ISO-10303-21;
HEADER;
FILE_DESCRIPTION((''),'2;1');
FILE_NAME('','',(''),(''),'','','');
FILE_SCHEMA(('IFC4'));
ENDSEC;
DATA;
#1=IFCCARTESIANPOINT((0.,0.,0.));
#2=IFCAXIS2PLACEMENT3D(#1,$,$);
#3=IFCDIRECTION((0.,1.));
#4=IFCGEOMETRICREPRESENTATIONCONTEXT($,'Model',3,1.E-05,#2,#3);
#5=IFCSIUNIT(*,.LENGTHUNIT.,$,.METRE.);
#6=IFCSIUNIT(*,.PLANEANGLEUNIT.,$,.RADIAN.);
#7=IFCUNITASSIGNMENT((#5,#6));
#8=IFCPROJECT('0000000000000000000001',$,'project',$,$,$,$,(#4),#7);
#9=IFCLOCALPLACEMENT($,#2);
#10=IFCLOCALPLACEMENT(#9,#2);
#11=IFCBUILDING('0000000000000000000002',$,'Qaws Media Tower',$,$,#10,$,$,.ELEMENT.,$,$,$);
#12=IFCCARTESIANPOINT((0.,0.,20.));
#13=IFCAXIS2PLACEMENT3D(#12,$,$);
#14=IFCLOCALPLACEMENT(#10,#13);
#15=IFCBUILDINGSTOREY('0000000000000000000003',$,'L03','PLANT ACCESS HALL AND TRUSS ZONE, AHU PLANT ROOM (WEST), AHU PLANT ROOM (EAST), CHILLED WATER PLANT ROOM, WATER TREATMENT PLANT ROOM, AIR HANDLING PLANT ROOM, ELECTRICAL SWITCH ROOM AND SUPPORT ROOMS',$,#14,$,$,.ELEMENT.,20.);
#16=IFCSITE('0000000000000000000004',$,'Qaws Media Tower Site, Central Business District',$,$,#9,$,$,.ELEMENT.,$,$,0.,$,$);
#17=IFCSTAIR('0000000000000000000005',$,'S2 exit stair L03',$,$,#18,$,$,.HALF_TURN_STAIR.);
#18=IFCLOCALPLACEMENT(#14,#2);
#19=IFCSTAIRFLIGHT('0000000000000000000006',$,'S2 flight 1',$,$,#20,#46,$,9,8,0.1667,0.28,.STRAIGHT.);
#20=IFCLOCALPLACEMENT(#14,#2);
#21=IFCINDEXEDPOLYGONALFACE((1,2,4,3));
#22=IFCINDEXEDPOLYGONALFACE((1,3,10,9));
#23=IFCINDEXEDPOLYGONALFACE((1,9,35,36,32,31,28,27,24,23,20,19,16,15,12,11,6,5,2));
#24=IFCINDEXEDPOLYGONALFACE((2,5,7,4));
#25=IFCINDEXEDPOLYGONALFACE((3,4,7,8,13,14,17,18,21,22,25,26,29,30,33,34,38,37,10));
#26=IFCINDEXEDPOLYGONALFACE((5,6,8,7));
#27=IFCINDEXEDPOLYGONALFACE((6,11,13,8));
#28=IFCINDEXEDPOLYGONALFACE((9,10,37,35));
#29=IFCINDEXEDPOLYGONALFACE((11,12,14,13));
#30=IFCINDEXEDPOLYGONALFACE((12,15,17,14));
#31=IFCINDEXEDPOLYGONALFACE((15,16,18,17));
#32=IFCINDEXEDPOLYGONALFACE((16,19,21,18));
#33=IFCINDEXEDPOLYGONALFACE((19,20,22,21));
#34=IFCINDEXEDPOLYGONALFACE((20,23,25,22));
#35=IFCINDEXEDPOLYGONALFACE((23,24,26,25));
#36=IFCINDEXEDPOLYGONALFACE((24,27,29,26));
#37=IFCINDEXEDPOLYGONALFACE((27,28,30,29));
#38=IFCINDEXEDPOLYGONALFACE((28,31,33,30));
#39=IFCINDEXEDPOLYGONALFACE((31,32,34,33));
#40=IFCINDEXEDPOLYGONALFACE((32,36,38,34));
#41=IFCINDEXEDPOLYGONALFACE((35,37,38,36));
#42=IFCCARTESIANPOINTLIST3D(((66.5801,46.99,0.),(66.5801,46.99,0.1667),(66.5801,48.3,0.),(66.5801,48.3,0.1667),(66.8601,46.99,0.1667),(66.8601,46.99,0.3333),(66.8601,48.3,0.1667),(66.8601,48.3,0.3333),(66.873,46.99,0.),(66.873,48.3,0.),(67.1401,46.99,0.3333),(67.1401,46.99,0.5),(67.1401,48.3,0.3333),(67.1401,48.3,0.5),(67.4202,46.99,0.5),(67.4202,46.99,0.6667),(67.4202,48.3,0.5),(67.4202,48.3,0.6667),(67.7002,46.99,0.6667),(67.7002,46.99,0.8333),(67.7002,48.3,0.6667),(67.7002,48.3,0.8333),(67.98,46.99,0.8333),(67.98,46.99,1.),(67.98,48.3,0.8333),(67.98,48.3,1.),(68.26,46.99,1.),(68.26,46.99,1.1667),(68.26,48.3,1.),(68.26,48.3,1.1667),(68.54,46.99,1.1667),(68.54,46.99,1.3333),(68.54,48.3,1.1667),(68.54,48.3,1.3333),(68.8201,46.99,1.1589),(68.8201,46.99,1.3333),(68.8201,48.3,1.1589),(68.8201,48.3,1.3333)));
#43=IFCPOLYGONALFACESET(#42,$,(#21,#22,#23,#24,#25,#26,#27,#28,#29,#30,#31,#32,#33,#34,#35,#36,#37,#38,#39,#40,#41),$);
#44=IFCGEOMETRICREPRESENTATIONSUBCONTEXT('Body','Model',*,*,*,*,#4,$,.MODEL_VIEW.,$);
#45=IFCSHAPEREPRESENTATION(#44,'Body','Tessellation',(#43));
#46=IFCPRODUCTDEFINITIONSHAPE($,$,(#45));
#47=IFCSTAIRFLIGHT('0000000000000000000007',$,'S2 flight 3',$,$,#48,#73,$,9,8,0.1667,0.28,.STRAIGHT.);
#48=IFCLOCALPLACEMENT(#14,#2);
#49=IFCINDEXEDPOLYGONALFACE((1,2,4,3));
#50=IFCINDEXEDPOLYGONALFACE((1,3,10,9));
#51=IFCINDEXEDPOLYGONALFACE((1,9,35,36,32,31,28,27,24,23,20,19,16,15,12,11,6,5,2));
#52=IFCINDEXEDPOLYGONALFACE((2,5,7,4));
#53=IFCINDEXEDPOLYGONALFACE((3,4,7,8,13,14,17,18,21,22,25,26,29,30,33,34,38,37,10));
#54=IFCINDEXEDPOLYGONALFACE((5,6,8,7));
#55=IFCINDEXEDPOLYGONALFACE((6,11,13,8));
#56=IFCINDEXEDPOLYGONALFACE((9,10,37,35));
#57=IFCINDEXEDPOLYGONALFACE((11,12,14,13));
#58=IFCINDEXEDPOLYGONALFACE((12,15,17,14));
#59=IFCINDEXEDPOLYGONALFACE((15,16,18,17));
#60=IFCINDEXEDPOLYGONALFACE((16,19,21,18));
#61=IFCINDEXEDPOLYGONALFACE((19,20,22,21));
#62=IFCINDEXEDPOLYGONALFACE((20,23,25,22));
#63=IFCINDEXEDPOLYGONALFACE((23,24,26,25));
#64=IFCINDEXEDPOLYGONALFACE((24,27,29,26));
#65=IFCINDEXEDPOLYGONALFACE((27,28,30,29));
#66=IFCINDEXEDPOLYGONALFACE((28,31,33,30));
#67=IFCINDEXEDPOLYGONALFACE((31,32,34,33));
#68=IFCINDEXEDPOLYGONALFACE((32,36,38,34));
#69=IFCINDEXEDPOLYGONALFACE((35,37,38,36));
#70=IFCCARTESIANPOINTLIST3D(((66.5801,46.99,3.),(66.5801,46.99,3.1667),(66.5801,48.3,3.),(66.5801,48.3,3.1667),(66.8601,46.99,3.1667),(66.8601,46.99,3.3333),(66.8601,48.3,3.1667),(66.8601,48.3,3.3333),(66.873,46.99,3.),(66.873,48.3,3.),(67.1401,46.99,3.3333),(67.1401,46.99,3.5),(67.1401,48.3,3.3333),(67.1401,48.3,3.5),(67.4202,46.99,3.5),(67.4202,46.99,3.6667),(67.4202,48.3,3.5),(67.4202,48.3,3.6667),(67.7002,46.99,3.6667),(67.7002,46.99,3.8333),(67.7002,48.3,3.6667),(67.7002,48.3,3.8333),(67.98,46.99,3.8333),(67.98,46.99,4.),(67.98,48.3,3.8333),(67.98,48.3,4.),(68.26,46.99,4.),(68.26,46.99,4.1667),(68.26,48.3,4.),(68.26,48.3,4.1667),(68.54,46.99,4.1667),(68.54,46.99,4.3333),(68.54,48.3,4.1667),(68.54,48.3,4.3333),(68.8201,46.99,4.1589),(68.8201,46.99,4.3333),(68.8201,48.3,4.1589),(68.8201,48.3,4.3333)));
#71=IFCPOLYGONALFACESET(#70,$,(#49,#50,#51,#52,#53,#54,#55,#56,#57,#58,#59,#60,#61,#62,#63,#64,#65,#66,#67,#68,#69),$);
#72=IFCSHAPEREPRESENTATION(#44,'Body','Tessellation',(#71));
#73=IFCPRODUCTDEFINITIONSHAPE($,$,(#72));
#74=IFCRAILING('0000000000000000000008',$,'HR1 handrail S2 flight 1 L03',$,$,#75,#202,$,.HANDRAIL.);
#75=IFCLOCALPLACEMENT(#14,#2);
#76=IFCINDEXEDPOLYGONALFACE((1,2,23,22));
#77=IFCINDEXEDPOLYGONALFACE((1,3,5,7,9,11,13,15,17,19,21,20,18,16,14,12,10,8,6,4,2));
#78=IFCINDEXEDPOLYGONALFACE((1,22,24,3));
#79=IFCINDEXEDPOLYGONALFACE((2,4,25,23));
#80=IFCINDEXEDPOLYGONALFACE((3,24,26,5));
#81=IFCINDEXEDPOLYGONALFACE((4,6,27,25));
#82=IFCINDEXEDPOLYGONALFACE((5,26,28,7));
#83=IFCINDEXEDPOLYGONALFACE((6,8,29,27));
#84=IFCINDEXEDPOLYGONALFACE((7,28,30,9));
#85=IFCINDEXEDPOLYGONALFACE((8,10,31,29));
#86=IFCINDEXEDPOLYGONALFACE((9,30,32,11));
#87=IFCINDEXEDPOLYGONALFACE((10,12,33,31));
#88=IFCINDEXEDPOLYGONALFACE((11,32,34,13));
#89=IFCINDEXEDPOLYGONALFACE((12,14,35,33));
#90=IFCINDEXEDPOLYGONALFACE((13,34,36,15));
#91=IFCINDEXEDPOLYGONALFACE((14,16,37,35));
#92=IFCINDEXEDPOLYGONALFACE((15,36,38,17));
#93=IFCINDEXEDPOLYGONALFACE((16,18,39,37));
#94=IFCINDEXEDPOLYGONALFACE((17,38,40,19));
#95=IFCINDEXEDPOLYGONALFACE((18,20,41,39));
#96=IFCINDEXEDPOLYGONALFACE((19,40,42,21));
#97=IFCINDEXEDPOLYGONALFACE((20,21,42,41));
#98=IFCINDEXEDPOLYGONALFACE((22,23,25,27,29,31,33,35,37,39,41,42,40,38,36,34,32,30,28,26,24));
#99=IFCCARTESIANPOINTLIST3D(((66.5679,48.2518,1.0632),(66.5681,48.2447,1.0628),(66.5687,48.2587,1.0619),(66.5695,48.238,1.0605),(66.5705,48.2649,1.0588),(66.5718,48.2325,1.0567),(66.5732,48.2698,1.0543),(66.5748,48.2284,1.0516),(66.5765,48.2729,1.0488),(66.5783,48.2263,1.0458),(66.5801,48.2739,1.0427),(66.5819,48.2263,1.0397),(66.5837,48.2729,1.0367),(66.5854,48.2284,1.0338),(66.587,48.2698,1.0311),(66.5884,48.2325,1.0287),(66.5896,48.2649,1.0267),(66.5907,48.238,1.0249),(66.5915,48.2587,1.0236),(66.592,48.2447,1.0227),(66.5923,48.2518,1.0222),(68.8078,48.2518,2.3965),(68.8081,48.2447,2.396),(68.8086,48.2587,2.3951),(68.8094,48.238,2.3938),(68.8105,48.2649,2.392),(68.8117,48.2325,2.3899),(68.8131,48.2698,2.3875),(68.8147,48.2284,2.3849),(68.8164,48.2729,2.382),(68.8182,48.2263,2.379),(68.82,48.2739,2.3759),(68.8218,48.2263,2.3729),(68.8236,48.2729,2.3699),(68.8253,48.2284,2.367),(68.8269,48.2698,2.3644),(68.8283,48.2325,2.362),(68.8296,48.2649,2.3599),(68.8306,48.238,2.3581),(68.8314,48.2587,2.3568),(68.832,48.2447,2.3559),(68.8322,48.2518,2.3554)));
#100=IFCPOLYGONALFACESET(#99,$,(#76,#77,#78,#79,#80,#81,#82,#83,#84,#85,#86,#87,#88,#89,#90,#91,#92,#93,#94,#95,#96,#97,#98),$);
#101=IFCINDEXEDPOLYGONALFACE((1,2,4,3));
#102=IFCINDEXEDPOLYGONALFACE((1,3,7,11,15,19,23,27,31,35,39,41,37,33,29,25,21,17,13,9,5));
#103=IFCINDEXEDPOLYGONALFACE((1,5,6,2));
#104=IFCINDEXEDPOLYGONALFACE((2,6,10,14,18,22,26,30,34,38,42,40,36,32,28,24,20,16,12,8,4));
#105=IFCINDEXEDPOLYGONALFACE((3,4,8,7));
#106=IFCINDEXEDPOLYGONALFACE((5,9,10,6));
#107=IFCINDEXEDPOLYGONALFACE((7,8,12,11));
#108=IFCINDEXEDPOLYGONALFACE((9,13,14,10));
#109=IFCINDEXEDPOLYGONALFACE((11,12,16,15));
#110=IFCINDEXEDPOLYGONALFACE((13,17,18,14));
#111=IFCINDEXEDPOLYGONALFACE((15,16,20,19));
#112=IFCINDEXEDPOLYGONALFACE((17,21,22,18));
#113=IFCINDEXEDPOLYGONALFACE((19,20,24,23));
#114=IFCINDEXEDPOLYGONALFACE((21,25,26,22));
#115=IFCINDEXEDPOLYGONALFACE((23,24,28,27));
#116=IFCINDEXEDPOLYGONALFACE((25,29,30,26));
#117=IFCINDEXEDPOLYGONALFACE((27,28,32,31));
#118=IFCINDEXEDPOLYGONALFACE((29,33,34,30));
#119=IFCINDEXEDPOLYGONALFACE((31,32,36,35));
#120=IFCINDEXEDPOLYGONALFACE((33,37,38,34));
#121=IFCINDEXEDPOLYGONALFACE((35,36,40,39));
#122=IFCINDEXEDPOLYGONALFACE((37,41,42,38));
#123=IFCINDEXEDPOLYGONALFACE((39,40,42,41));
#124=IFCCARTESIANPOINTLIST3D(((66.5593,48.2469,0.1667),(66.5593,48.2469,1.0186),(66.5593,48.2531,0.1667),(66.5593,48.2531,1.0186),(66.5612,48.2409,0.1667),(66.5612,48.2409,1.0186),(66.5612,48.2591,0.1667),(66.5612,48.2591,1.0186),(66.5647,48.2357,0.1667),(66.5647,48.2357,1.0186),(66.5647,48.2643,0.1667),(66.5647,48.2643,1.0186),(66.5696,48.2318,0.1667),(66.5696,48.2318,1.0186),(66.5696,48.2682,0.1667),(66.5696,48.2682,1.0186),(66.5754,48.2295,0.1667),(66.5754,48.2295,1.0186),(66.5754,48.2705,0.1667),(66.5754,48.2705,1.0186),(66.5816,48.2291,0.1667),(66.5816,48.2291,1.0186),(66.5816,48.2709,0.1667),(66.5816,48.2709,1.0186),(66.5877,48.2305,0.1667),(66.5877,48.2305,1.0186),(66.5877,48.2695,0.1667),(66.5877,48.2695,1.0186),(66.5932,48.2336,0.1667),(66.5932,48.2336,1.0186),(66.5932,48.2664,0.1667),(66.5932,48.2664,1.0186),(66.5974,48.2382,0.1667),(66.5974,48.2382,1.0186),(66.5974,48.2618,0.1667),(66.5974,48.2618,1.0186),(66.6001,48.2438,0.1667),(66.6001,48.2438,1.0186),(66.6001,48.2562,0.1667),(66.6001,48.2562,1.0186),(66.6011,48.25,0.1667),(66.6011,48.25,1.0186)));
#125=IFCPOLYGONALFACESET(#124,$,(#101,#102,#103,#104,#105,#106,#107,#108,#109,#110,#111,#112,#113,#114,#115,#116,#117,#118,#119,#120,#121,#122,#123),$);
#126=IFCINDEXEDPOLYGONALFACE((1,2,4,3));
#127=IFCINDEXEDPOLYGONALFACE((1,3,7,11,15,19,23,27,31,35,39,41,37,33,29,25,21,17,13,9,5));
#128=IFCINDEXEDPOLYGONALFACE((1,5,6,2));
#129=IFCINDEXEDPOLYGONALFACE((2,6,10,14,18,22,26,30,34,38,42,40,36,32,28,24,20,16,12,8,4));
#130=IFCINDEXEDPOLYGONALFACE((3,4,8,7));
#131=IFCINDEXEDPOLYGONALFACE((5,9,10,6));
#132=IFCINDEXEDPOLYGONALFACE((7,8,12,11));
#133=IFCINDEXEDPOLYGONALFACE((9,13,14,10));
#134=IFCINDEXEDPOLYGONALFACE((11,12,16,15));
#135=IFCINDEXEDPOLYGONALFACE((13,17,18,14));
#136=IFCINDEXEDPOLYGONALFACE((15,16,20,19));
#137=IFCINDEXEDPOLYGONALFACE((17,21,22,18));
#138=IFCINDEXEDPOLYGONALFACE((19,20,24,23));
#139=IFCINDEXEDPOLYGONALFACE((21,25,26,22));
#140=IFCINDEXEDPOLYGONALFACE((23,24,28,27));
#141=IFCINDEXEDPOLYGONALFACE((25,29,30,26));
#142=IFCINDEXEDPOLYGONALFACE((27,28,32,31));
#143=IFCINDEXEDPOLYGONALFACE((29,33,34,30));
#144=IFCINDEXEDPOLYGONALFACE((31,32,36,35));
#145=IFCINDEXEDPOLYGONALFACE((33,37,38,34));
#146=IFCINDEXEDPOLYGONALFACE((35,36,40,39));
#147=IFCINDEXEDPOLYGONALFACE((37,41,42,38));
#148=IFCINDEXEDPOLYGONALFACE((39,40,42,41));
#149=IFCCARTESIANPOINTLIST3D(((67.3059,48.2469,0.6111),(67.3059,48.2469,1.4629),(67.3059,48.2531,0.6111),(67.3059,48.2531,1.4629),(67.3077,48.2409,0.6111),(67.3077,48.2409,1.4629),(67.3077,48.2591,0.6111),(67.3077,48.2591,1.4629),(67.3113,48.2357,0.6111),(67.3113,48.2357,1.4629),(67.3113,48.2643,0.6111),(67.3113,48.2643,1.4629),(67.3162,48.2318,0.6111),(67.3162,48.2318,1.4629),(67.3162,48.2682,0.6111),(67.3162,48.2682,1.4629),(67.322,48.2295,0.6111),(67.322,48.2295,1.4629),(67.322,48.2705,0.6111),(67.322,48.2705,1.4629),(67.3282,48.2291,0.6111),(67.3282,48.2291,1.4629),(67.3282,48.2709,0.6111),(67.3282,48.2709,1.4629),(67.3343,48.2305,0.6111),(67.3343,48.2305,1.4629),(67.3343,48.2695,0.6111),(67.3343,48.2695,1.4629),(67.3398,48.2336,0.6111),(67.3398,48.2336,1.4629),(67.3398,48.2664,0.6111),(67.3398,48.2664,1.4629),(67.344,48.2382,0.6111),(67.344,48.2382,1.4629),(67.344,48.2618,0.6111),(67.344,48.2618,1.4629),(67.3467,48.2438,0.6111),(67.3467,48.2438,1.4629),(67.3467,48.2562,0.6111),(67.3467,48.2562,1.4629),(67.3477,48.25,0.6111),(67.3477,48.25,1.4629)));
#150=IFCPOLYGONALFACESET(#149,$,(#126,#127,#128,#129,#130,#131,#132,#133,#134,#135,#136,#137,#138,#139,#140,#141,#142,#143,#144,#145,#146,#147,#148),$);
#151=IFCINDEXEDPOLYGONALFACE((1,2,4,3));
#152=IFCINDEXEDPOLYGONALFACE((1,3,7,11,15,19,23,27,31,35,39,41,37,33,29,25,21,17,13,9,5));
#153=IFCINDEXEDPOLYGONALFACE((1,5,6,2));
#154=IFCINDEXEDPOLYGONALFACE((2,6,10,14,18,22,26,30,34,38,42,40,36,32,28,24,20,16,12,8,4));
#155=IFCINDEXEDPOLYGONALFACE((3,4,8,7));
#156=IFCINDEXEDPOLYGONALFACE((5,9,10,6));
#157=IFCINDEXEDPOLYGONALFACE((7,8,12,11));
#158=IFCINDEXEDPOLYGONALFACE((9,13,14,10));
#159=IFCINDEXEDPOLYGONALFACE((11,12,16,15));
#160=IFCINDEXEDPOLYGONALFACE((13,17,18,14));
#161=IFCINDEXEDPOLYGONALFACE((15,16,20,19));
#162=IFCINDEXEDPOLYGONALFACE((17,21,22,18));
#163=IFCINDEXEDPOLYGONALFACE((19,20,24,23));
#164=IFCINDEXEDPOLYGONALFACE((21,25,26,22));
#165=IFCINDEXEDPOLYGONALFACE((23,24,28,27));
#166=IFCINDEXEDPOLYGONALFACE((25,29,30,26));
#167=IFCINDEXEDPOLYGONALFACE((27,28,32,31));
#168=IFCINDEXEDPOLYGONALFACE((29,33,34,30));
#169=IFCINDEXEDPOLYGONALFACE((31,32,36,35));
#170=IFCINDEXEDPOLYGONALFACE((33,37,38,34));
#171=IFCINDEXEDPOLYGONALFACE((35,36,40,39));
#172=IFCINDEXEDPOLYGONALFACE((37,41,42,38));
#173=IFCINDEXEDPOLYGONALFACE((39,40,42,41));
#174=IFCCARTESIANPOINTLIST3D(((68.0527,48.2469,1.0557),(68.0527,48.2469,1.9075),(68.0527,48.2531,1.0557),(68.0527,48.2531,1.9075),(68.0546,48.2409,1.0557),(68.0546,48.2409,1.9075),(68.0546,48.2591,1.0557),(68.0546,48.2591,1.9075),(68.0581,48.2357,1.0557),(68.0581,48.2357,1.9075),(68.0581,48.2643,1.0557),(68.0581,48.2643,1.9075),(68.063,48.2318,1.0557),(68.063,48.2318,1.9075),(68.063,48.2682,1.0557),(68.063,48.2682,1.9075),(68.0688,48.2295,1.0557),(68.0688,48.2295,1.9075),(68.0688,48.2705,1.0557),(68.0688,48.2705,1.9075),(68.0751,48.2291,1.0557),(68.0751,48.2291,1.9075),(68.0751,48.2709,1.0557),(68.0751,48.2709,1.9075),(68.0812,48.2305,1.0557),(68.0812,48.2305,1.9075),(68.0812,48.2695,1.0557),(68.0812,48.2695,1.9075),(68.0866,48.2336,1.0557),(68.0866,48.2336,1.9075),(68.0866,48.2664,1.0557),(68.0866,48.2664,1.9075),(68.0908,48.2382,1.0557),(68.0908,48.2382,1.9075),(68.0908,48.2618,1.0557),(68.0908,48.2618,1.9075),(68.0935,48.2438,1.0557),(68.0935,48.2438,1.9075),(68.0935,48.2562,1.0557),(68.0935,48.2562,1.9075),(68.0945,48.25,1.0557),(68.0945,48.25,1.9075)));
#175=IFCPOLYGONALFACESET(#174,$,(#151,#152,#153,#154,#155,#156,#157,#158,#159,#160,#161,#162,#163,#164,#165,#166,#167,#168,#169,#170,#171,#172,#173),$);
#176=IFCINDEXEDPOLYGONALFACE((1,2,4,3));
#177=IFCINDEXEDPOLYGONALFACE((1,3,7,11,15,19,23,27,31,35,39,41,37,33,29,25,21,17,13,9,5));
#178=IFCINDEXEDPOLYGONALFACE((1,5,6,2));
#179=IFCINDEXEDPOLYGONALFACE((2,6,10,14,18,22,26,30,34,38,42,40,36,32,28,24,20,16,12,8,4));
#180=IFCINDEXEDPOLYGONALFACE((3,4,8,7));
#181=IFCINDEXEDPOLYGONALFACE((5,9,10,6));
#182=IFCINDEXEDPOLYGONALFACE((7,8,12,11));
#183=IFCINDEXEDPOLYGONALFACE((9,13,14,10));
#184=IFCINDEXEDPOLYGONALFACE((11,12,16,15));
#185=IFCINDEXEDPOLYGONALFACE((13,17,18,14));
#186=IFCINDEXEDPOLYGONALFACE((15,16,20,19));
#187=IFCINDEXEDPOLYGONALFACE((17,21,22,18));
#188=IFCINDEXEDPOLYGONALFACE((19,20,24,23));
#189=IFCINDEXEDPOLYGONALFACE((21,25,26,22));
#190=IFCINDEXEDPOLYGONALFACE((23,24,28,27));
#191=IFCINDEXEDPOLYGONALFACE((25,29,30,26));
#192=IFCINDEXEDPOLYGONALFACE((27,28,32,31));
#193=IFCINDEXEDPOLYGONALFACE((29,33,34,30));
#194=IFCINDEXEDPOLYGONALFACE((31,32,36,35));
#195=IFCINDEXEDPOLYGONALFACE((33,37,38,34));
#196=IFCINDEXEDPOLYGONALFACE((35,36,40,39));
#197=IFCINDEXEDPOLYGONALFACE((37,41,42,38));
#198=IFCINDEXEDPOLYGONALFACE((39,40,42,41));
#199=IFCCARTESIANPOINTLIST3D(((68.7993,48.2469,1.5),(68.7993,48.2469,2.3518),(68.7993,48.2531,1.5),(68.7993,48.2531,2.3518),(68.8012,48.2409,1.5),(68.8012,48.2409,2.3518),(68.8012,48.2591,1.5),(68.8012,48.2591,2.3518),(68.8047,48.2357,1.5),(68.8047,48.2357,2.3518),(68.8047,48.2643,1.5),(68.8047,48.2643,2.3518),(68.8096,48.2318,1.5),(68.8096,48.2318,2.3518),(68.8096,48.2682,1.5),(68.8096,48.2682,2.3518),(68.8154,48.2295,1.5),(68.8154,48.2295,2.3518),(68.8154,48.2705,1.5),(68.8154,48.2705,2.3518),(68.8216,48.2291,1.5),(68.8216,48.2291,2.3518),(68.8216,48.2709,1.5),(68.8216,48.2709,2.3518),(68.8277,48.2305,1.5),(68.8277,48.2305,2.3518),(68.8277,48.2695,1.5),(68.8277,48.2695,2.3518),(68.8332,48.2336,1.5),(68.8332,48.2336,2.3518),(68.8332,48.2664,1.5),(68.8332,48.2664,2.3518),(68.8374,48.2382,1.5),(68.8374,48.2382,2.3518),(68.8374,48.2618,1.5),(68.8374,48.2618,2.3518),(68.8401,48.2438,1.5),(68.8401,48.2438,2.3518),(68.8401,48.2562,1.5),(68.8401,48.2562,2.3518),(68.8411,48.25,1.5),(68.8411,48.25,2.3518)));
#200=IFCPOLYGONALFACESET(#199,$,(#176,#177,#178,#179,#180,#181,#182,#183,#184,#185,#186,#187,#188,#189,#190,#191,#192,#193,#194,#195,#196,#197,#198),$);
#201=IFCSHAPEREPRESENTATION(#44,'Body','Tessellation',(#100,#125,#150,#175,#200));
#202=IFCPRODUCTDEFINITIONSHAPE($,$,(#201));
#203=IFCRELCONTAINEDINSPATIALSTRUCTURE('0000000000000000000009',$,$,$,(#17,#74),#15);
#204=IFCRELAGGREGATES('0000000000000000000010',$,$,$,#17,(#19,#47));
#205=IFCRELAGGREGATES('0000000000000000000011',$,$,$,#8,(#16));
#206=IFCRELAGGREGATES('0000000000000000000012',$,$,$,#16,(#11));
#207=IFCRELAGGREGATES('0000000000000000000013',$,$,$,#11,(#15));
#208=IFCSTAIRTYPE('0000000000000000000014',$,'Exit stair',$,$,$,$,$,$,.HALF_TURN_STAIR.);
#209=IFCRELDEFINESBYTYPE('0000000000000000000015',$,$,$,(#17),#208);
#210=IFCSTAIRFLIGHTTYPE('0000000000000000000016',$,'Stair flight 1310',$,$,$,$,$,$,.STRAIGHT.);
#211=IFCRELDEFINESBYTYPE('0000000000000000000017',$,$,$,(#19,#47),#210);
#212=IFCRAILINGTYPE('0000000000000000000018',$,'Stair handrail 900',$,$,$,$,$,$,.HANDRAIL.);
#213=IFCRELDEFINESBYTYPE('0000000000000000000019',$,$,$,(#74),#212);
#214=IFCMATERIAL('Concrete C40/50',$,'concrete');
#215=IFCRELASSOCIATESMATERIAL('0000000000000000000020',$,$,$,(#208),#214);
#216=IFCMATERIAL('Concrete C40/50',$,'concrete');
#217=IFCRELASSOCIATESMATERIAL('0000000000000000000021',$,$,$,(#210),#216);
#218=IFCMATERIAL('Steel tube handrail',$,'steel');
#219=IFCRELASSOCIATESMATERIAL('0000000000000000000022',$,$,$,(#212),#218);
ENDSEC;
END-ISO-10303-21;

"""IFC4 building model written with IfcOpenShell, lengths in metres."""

from ifc_helpers import new_model, si_unit, direction, frame, origin, origin_2d, place, context, subcontext, project, spatial, polyline, circle, outline, extrude, material, type_object, element, aggregate, save


model = new_model("IFC4")

# Units and contexts
model_context = context("Model", 3, precision=1e-05, world=origin(), true_north=direction((0.0, 1.0)))
body_context = subcontext(model_context, "Body", "Model", "MODEL_VIEW")
ifc_project = project(units=[si_unit("LENGTHUNIT", "METRE"), si_unit("PLANEANGLEUNIT", "RADIAN")], contexts=[model_context])

# Site, building, storey
site_placement = place(None, origin())
site = spatial("IfcSite", under=ifc_project, at=site_placement, Name="Qaws Media Tower Site, Central Business District", CompositionType="ELEMENT", RefElevation=0.0)
building_placement = place(site_placement, origin())
building = spatial("IfcBuilding", under=site, at=building_placement, Name="Qaws Media Tower", CompositionType="ELEMENT")
storey_placement = place(building_placement, frame((0.0, 0.0, 20.0)))
storey = spatial("IfcBuildingStorey", under=building, at=storey_placement, Name="L03", Description="PLANT ACCESS HALL AND TRUSS ZONE, AHU PLANT ROOM (WEST), AHU PLANT ROOM (EAST), CHILLED WATER PLANT ROOM, WATER TREATMENT PLANT ROOM, AIR HANDLING PLANT ROOM, ELECTRICAL SWITCH ROOM AND SUPPORT ROOMS", CompositionType="ELEMENT", Elevation=20.0)

# Stair, stair flights
ifc_material_1 = material(Name="Concrete C40/50", Category="concrete")
stair_type = type_object("IfcStairType", Name="Exit stair", PredefinedType="HALF_TURN_STAIR", material=ifc_material_1)
stair_placement = place(storey_placement, origin())
stair = element("IfcStair", 1, at=stair_placement, inside=storey, type_object=stair_type, Name="S2 exit stair L03", PredefinedType="HALF_TURN_STAIR")
ifc_material_2 = material(Name="Concrete C40/50", Category="concrete")
stair_flight_type = type_object("IfcStairFlightType", Name="Stair flight 1310", PredefinedType="STRAIGHT", material=ifc_material_2)
stair_flight_1_placement = place(storey_placement, frame((66.5801, 47.645, 0.0), z_axis=(0.0, 0.0, 1.0), x_axis=(1.0, 0.0, 0.0)))
stair_flight_1 = element("IfcStairFlight", 2, at=stair_flight_1_placement, type_object=stair_flight_type, Name="S2 flight 1", NumberOfRisers=9, NumberOfTreads=8, PredefinedType="STRAIGHT", RiserHeight=0.1667, TreadLength=0.28, context=body_context, shape_type="SweptSolid", body=[
    extrude(outline(polyline([(0.0, 0.0), (0.0, 0.1667), (0.28, 0.1667), (0.28, 0.3333), (0.5601, 0.3333), (0.5601, 0.5), (0.8401, 0.5), (0.8401, 0.6667), (1.1201, 0.6667), (1.1201, 0.8333), (1.3999, 0.8333), (1.3999, 1.0), (1.6799, 1.0), (1.6799, 1.1667), (1.96, 1.1667), (1.96, 1.3333), (2.24, 1.3333), (2.24, 1.5), (2.24, 1.1589), (0.293, 0.0), (0.0, 0.0)])), frame((0.0, 0.655, 0.0), z_axis=(0.0, -1.0, 0.0), x_axis=(1.0, 0.0, 0.0)), (0.0, 0.0, 1.0), 1.3101),
])
stair_flight_2_placement = place(storey_placement, frame((66.5801, 47.645, 3.0), z_axis=(0.0, 0.0, 1.0), x_axis=(1.0, 0.0, 0.0)))
stair_flight_2 = element("IfcStairFlight", 3, at=stair_flight_2_placement, type_object=stair_flight_type, Name="S2 flight 3", NumberOfRisers=9, NumberOfTreads=8, PredefinedType="STRAIGHT", RiserHeight=0.1667, TreadLength=0.28, context=body_context, shape_type="SweptSolid", body=[
    extrude(outline(polyline([(0.0, 0.0), (0.0, 0.1667), (0.28, 0.1667), (0.28, 0.3333), (0.5601, 0.3333), (0.5601, 0.5), (0.8401, 0.5), (0.8401, 0.6667), (1.1201, 0.6667), (1.1201, 0.8333), (1.3999, 0.8333), (1.3999, 1.0), (1.6799, 1.0), (1.6799, 1.1667), (1.96, 1.1667), (1.96, 1.3333), (2.24, 1.3333), (2.24, 1.5), (2.24, 1.1589), (0.293, 0.0), (0.0, 0.0)])), frame((0.0, 0.655, 0.0), z_axis=(0.0, -1.0, 0.0), x_axis=(1.0, 0.0, 0.0)), (0.0, 0.0, 1.0), 1.3101),
])
aggregate(stair, [stair_flight_1, stair_flight_2])

# Railing
ifc_material_3 = material(Name="Steel tube handrail", Category="steel")
railing_type = type_object("IfcRailingType", Name="Stair handrail 900", PredefinedType="HANDRAIL", material=ifc_material_3)
for number, where, name in (
    (4, (66.5801, 48.25, 0.1667), "HR1 handrail S2 flight 1 L03"),
):
    element("IfcRailing", number, at=place(storey_placement, frame(where)), inside=storey, type_object=railing_type, Name=name, PredefinedType="HANDRAIL", context=body_context, shape_type="SweptSolid", body=[
        extrude(circle(Radius=0.0239, at=origin_2d()), frame((0.0, 0.0, 0.876), z_axis=(0.859306, 0.0, 0.511462), x_axis=(0.0, 1.0, 0.0)), (0.0, 0.0, 1.0), 2.6067),
        extrude(circle(Radius=0.021, at=origin_2d()), origin(), (0.0, 0.0, 1.0), 0.8518),
        extrude(circle(Radius=0.021, at=origin_2d()), frame((0.7466, 0.0, 0.4443)), (0.0, 0.0, 1.0), 0.8518),
        extrude(circle(Radius=0.021, at=origin_2d()), frame((1.4934, 0.0, 0.8889)), (0.0, 0.0, 1.0), 0.8518),
        extrude(circle(Radius=0.021, at=origin_2d()), frame((2.24, 0.0, 1.3333)), (0.0, 0.0, 1.0), 0.8518),
    ])

save(model, "model.ifc")
